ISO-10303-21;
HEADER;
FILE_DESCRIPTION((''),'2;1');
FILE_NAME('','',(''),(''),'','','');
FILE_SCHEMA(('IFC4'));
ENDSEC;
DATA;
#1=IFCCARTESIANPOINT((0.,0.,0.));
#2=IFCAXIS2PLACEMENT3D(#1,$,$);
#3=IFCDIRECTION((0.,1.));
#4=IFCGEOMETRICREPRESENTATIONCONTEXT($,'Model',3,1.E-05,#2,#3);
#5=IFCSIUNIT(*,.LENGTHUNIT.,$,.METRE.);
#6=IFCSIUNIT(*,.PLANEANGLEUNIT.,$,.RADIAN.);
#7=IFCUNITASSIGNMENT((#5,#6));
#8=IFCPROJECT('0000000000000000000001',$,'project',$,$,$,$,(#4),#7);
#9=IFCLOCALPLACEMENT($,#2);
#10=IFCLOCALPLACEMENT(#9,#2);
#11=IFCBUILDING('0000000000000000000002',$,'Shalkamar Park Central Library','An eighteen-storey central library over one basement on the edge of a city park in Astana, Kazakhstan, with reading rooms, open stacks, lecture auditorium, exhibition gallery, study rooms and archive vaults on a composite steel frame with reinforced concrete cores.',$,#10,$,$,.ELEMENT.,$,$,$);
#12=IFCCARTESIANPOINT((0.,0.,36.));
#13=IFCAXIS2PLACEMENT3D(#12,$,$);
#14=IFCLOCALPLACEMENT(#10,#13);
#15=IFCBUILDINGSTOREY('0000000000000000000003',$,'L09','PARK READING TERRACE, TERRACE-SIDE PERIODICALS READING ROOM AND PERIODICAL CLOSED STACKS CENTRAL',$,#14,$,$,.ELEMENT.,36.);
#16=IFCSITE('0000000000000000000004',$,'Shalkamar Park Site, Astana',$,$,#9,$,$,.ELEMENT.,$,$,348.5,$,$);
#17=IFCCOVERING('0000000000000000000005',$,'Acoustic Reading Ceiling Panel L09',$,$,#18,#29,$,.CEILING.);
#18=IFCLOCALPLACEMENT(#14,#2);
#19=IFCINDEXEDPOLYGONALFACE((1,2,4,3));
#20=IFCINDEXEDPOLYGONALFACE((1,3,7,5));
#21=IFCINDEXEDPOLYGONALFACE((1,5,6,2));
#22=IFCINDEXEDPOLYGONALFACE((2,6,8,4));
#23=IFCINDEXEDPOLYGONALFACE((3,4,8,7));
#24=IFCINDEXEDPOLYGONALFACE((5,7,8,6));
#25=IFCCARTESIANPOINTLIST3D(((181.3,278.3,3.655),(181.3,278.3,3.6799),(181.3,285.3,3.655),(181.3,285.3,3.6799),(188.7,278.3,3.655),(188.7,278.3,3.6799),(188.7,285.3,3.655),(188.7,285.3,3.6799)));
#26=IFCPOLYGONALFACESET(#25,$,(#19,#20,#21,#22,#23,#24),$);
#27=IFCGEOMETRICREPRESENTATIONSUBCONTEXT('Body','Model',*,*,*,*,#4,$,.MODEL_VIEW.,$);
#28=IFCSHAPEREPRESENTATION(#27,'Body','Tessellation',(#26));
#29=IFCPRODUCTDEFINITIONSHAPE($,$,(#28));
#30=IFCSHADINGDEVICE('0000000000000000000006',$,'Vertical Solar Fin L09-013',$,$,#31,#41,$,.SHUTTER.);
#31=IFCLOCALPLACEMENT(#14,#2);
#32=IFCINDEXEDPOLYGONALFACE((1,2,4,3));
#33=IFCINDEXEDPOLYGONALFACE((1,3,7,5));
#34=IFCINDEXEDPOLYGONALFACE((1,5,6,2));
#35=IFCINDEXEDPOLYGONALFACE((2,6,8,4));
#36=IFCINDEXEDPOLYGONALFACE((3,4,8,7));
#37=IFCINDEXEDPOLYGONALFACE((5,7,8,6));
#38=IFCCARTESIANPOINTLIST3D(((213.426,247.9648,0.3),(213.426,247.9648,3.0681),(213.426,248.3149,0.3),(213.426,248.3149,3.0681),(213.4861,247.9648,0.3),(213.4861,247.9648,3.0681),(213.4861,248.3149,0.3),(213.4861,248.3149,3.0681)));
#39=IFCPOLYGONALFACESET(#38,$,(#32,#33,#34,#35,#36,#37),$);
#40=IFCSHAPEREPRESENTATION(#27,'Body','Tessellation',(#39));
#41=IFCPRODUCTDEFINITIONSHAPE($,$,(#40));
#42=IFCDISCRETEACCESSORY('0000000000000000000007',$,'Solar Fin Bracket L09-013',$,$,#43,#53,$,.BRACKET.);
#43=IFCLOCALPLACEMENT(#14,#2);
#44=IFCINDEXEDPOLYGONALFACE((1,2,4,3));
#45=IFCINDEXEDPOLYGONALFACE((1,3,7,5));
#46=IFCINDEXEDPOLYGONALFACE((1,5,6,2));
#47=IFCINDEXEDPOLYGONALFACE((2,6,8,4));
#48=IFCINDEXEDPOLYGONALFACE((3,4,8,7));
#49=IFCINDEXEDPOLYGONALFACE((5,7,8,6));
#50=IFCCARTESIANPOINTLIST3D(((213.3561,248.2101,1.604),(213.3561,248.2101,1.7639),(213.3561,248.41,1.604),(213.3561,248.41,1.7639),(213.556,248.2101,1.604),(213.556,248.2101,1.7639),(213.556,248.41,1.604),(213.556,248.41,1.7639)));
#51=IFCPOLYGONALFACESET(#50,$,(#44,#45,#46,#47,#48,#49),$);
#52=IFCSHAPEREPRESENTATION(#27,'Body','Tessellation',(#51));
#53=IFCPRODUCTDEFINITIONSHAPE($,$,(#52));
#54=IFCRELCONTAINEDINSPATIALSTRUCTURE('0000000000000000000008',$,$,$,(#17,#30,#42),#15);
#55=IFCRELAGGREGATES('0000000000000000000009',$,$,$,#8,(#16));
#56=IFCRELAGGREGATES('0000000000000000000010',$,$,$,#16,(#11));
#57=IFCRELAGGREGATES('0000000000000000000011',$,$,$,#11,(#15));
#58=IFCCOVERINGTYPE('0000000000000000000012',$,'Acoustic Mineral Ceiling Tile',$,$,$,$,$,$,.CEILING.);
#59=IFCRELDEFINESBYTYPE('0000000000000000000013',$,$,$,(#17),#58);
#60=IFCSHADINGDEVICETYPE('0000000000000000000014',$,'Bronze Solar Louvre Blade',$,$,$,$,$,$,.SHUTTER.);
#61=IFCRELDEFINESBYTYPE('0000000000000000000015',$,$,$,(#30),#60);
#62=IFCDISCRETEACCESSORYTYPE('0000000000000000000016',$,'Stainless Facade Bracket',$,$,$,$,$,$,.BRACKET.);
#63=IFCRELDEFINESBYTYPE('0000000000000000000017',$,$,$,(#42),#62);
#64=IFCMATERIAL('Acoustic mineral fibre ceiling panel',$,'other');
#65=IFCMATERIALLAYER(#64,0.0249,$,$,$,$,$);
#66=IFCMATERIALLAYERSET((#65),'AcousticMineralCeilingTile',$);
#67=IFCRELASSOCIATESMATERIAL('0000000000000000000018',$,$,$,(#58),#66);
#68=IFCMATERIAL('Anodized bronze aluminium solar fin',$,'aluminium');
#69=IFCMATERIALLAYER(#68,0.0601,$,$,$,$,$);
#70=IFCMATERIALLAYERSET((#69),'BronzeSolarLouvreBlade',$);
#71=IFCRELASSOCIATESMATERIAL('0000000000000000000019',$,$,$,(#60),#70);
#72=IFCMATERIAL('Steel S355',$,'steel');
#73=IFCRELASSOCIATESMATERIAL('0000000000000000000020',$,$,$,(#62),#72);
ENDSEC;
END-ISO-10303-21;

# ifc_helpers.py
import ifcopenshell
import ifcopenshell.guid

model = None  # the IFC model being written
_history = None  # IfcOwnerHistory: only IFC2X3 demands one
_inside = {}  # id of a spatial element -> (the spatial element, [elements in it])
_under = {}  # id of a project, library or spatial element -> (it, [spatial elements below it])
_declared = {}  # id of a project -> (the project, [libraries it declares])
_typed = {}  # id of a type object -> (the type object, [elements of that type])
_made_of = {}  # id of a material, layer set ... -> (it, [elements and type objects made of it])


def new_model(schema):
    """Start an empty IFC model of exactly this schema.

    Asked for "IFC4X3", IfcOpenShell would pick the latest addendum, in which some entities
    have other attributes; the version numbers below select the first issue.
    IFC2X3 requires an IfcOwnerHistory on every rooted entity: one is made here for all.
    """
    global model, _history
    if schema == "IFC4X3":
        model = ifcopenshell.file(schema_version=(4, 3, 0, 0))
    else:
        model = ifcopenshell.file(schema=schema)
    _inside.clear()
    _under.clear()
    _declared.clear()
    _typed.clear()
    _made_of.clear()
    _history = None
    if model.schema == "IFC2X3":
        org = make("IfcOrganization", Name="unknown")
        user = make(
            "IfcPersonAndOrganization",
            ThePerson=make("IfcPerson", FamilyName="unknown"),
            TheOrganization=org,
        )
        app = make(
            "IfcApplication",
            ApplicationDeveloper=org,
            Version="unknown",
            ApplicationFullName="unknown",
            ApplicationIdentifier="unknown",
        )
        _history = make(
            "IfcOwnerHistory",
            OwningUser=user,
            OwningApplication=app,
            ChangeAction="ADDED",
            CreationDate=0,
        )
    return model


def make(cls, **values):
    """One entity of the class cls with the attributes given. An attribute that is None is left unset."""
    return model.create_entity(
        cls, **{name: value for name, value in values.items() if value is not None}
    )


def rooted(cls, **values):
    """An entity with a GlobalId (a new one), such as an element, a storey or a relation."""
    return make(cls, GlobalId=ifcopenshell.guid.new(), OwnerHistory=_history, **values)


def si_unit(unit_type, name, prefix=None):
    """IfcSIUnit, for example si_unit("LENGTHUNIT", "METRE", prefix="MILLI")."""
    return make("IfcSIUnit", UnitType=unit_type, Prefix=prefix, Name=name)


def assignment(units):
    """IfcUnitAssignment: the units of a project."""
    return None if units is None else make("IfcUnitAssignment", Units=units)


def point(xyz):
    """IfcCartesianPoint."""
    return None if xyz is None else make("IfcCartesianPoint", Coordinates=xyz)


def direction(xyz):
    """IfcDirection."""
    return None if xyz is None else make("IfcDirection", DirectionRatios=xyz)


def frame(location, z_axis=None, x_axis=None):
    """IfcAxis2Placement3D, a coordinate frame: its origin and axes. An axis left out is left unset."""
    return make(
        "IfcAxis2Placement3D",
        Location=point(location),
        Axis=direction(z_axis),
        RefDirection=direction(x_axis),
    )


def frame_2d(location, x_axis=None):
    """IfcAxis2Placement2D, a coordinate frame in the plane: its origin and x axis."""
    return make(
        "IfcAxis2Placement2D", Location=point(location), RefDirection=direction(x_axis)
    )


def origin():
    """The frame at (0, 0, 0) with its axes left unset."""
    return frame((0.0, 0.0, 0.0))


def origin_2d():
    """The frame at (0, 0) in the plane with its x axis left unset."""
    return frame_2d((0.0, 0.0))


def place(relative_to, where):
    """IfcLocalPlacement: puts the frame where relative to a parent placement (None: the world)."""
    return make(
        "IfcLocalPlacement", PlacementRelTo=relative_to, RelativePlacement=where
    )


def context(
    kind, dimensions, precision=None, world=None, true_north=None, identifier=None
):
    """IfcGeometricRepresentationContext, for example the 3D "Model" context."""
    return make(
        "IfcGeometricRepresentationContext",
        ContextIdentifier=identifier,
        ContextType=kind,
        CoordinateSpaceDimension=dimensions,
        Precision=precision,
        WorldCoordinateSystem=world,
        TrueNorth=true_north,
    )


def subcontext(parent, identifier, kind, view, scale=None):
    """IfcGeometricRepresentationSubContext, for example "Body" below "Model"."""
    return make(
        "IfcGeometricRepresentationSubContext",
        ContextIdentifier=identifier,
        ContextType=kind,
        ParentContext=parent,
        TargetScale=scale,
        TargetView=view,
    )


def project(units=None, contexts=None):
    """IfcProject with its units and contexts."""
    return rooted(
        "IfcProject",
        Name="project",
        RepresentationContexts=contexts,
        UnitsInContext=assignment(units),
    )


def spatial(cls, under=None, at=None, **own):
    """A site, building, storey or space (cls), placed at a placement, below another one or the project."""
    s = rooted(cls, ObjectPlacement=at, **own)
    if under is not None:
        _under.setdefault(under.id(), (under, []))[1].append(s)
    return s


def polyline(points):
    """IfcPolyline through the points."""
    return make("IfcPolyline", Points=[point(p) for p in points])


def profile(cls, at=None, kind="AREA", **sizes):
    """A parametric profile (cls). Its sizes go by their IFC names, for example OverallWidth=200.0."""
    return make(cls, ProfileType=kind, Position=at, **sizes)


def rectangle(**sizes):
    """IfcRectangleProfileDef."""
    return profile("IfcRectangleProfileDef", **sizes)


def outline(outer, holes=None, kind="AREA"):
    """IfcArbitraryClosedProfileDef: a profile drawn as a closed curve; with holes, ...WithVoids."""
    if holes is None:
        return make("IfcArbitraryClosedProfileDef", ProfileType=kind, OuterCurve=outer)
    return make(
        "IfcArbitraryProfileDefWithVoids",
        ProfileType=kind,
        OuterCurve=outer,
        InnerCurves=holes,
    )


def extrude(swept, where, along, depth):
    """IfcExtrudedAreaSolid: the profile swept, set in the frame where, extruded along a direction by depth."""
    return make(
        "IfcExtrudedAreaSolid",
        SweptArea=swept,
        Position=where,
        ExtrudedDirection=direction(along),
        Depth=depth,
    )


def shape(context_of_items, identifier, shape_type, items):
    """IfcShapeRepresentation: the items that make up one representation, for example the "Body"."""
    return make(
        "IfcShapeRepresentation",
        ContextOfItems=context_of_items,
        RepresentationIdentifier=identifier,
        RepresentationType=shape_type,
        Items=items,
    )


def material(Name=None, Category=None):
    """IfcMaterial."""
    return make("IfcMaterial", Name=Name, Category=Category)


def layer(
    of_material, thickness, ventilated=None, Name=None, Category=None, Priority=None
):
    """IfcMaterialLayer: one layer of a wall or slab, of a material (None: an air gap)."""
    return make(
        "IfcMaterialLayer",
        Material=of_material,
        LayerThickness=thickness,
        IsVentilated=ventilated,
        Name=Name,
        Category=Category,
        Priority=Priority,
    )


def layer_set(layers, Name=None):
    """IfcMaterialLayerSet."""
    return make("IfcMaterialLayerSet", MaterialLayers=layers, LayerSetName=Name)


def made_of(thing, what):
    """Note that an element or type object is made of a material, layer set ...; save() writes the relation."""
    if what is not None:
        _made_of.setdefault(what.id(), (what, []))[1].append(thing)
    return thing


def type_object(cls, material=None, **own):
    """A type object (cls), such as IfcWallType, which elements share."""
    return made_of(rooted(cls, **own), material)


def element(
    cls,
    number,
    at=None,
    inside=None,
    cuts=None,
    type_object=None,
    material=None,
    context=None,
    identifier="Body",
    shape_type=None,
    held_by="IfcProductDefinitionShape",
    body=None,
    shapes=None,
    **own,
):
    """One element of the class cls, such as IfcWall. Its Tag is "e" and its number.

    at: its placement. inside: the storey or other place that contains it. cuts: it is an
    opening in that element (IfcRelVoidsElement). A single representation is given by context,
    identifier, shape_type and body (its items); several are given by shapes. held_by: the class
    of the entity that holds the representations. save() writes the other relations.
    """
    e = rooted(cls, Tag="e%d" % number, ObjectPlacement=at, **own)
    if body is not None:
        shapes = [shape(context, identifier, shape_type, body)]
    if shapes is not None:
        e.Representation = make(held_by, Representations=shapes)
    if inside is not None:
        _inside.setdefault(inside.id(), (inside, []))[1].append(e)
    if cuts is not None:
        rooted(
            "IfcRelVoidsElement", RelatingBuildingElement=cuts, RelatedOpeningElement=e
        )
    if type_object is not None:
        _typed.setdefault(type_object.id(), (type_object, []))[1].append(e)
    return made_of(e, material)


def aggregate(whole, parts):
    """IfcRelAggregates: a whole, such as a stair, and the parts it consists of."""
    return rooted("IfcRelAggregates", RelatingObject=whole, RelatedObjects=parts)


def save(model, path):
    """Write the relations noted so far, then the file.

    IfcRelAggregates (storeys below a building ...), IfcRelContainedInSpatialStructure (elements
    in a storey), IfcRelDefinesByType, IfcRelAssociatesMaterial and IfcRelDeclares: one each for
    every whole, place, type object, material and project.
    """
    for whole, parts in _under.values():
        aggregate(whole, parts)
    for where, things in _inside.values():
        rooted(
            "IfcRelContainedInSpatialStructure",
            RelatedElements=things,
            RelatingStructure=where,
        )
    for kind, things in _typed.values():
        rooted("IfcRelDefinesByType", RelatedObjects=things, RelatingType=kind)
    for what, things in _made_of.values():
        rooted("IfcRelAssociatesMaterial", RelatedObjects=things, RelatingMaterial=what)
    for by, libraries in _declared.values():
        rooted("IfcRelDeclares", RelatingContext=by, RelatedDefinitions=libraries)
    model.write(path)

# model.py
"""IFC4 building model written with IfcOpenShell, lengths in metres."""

from ifc_helpers import new_model, si_unit, direction, frame, origin, origin_2d, place, context, subcontext, project, spatial, polyline, rectangle, outline, extrude, material, layer, layer_set, type_object, element, save


model = new_model("IFC4")

# Units and contexts
model_context = context("Model", 3, precision=1e-05, world=origin(), true_north=direction((0.0, 1.0)))
body_context = subcontext(model_context, "Body", "Model", "MODEL_VIEW")
ifc_project = project(units=[si_unit("LENGTHUNIT", "METRE"), si_unit("PLANEANGLEUNIT", "RADIAN")], contexts=[model_context])

# Site, building, storey
site_placement = place(None, origin())
site = spatial("IfcSite", under=ifc_project, at=site_placement, Name="Shalkamar Park Site, Astana", CompositionType="ELEMENT", RefElevation=348.5)
building_placement = place(site_placement, origin())
building = spatial("IfcBuilding", under=site, at=building_placement, Name="Shalkamar Park Central Library", Description="An eighteen-storey central library over one basement on the edge of a city park in Astana, Kazakhstan, with reading rooms, open stacks, lecture auditorium, exhibition gallery, study rooms and archive vaults on a composite steel frame with reinforced concrete cores.", CompositionType="ELEMENT")
storey_placement = place(building_placement, frame((0.0, 0.0, 36.0)))
storey = spatial("IfcBuildingStorey", under=building, at=storey_placement, Name="L09", Description="PARK READING TERRACE, TERRACE-SIDE PERIODICALS READING ROOM AND PERIODICAL CLOSED STACKS CENTRAL", CompositionType="ELEMENT", Elevation=36.0)

# Shared definitions
ifc_material_1 = material(Name="Steel S355", Category="steel")

# Covering
ifc_material_2 = material(Name="Acoustic mineral fibre ceiling panel", Category="other")
ifc_layer_1 = layer(ifc_material_2, 0.0249)
ifc_layer_set_1 = layer_set([ifc_layer_1], Name="AcousticMineralCeilingTile")
covering_type = type_object("IfcCoveringType", Name="Acoustic Mineral Ceiling Tile", PredefinedType="CEILING", material=ifc_layer_set_1)
covering_placement = place(storey_placement, frame((0.0, 0.0, 3.655)))
element("IfcCovering", 1, at=covering_placement, inside=storey, type_object=covering_type, Name="Acoustic Reading Ceiling Panel L09", PredefinedType="CEILING", context=body_context, shape_type="SweptSolid", body=[
    extrude(outline(polyline([(181.3, 278.3), (188.7, 278.3), (188.7, 285.3), (181.3, 285.3), (181.3, 278.3)])), origin(), (0.0, 0.0, 1.0), 0.0249),
])

# Shading device
ifc_material_3 = material(Name="Anodized bronze aluminium solar fin", Category="aluminium")
ifc_layer_2 = layer(ifc_material_3, 0.0601)
ifc_layer_set_2 = layer_set([ifc_layer_2], Name="BronzeSolarLouvreBlade")
shading_device_type = type_object("IfcShadingDeviceType", Name="Bronze Solar Louvre Blade", PredefinedType="SHUTTER", material=ifc_layer_set_2)
shading_device_placement = place(storey_placement, frame((213.4561, 248.1399, 0.3), z_axis=(0.0, 0.0, 1.0), x_axis=(1.0, 0.0, 0.0)))
element("IfcShadingDevice", 2, at=shading_device_placement, inside=storey, type_object=shading_device_type, Name="Vertical Solar Fin L09-013", PredefinedType="SHUTTER", context=body_context, shape_type="SweptSolid", body=[
    extrude(rectangle(XDim=0.0601, YDim=0.3501, at=origin_2d()), origin(), (0.0, 0.0, 1.0), 2.7681),
])

# Discrete accessory
discrete_accessory_type = type_object("IfcDiscreteAccessoryType", Name="Stainless Facade Bracket", PredefinedType="BRACKET", material=ifc_material_1)
discrete_accessory_placement = place(storey_placement, frame((213.4561, 248.3101, 1.604), z_axis=(0.0, 0.0, 1.0), x_axis=(1.0, 0.0, 0.0)))
element("IfcDiscreteAccessory", 3, at=discrete_accessory_placement, inside=storey, type_object=discrete_accessory_type, Name="Solar Fin Bracket L09-013", PredefinedType="BRACKET", context=body_context, shape_type="SweptSolid", body=[
    extrude(rectangle(XDim=0.2, YDim=0.2, at=origin_2d()), origin(), (0.0, 0.0, 1.0), 0.1599),
])

save(model, "model.ifc")
